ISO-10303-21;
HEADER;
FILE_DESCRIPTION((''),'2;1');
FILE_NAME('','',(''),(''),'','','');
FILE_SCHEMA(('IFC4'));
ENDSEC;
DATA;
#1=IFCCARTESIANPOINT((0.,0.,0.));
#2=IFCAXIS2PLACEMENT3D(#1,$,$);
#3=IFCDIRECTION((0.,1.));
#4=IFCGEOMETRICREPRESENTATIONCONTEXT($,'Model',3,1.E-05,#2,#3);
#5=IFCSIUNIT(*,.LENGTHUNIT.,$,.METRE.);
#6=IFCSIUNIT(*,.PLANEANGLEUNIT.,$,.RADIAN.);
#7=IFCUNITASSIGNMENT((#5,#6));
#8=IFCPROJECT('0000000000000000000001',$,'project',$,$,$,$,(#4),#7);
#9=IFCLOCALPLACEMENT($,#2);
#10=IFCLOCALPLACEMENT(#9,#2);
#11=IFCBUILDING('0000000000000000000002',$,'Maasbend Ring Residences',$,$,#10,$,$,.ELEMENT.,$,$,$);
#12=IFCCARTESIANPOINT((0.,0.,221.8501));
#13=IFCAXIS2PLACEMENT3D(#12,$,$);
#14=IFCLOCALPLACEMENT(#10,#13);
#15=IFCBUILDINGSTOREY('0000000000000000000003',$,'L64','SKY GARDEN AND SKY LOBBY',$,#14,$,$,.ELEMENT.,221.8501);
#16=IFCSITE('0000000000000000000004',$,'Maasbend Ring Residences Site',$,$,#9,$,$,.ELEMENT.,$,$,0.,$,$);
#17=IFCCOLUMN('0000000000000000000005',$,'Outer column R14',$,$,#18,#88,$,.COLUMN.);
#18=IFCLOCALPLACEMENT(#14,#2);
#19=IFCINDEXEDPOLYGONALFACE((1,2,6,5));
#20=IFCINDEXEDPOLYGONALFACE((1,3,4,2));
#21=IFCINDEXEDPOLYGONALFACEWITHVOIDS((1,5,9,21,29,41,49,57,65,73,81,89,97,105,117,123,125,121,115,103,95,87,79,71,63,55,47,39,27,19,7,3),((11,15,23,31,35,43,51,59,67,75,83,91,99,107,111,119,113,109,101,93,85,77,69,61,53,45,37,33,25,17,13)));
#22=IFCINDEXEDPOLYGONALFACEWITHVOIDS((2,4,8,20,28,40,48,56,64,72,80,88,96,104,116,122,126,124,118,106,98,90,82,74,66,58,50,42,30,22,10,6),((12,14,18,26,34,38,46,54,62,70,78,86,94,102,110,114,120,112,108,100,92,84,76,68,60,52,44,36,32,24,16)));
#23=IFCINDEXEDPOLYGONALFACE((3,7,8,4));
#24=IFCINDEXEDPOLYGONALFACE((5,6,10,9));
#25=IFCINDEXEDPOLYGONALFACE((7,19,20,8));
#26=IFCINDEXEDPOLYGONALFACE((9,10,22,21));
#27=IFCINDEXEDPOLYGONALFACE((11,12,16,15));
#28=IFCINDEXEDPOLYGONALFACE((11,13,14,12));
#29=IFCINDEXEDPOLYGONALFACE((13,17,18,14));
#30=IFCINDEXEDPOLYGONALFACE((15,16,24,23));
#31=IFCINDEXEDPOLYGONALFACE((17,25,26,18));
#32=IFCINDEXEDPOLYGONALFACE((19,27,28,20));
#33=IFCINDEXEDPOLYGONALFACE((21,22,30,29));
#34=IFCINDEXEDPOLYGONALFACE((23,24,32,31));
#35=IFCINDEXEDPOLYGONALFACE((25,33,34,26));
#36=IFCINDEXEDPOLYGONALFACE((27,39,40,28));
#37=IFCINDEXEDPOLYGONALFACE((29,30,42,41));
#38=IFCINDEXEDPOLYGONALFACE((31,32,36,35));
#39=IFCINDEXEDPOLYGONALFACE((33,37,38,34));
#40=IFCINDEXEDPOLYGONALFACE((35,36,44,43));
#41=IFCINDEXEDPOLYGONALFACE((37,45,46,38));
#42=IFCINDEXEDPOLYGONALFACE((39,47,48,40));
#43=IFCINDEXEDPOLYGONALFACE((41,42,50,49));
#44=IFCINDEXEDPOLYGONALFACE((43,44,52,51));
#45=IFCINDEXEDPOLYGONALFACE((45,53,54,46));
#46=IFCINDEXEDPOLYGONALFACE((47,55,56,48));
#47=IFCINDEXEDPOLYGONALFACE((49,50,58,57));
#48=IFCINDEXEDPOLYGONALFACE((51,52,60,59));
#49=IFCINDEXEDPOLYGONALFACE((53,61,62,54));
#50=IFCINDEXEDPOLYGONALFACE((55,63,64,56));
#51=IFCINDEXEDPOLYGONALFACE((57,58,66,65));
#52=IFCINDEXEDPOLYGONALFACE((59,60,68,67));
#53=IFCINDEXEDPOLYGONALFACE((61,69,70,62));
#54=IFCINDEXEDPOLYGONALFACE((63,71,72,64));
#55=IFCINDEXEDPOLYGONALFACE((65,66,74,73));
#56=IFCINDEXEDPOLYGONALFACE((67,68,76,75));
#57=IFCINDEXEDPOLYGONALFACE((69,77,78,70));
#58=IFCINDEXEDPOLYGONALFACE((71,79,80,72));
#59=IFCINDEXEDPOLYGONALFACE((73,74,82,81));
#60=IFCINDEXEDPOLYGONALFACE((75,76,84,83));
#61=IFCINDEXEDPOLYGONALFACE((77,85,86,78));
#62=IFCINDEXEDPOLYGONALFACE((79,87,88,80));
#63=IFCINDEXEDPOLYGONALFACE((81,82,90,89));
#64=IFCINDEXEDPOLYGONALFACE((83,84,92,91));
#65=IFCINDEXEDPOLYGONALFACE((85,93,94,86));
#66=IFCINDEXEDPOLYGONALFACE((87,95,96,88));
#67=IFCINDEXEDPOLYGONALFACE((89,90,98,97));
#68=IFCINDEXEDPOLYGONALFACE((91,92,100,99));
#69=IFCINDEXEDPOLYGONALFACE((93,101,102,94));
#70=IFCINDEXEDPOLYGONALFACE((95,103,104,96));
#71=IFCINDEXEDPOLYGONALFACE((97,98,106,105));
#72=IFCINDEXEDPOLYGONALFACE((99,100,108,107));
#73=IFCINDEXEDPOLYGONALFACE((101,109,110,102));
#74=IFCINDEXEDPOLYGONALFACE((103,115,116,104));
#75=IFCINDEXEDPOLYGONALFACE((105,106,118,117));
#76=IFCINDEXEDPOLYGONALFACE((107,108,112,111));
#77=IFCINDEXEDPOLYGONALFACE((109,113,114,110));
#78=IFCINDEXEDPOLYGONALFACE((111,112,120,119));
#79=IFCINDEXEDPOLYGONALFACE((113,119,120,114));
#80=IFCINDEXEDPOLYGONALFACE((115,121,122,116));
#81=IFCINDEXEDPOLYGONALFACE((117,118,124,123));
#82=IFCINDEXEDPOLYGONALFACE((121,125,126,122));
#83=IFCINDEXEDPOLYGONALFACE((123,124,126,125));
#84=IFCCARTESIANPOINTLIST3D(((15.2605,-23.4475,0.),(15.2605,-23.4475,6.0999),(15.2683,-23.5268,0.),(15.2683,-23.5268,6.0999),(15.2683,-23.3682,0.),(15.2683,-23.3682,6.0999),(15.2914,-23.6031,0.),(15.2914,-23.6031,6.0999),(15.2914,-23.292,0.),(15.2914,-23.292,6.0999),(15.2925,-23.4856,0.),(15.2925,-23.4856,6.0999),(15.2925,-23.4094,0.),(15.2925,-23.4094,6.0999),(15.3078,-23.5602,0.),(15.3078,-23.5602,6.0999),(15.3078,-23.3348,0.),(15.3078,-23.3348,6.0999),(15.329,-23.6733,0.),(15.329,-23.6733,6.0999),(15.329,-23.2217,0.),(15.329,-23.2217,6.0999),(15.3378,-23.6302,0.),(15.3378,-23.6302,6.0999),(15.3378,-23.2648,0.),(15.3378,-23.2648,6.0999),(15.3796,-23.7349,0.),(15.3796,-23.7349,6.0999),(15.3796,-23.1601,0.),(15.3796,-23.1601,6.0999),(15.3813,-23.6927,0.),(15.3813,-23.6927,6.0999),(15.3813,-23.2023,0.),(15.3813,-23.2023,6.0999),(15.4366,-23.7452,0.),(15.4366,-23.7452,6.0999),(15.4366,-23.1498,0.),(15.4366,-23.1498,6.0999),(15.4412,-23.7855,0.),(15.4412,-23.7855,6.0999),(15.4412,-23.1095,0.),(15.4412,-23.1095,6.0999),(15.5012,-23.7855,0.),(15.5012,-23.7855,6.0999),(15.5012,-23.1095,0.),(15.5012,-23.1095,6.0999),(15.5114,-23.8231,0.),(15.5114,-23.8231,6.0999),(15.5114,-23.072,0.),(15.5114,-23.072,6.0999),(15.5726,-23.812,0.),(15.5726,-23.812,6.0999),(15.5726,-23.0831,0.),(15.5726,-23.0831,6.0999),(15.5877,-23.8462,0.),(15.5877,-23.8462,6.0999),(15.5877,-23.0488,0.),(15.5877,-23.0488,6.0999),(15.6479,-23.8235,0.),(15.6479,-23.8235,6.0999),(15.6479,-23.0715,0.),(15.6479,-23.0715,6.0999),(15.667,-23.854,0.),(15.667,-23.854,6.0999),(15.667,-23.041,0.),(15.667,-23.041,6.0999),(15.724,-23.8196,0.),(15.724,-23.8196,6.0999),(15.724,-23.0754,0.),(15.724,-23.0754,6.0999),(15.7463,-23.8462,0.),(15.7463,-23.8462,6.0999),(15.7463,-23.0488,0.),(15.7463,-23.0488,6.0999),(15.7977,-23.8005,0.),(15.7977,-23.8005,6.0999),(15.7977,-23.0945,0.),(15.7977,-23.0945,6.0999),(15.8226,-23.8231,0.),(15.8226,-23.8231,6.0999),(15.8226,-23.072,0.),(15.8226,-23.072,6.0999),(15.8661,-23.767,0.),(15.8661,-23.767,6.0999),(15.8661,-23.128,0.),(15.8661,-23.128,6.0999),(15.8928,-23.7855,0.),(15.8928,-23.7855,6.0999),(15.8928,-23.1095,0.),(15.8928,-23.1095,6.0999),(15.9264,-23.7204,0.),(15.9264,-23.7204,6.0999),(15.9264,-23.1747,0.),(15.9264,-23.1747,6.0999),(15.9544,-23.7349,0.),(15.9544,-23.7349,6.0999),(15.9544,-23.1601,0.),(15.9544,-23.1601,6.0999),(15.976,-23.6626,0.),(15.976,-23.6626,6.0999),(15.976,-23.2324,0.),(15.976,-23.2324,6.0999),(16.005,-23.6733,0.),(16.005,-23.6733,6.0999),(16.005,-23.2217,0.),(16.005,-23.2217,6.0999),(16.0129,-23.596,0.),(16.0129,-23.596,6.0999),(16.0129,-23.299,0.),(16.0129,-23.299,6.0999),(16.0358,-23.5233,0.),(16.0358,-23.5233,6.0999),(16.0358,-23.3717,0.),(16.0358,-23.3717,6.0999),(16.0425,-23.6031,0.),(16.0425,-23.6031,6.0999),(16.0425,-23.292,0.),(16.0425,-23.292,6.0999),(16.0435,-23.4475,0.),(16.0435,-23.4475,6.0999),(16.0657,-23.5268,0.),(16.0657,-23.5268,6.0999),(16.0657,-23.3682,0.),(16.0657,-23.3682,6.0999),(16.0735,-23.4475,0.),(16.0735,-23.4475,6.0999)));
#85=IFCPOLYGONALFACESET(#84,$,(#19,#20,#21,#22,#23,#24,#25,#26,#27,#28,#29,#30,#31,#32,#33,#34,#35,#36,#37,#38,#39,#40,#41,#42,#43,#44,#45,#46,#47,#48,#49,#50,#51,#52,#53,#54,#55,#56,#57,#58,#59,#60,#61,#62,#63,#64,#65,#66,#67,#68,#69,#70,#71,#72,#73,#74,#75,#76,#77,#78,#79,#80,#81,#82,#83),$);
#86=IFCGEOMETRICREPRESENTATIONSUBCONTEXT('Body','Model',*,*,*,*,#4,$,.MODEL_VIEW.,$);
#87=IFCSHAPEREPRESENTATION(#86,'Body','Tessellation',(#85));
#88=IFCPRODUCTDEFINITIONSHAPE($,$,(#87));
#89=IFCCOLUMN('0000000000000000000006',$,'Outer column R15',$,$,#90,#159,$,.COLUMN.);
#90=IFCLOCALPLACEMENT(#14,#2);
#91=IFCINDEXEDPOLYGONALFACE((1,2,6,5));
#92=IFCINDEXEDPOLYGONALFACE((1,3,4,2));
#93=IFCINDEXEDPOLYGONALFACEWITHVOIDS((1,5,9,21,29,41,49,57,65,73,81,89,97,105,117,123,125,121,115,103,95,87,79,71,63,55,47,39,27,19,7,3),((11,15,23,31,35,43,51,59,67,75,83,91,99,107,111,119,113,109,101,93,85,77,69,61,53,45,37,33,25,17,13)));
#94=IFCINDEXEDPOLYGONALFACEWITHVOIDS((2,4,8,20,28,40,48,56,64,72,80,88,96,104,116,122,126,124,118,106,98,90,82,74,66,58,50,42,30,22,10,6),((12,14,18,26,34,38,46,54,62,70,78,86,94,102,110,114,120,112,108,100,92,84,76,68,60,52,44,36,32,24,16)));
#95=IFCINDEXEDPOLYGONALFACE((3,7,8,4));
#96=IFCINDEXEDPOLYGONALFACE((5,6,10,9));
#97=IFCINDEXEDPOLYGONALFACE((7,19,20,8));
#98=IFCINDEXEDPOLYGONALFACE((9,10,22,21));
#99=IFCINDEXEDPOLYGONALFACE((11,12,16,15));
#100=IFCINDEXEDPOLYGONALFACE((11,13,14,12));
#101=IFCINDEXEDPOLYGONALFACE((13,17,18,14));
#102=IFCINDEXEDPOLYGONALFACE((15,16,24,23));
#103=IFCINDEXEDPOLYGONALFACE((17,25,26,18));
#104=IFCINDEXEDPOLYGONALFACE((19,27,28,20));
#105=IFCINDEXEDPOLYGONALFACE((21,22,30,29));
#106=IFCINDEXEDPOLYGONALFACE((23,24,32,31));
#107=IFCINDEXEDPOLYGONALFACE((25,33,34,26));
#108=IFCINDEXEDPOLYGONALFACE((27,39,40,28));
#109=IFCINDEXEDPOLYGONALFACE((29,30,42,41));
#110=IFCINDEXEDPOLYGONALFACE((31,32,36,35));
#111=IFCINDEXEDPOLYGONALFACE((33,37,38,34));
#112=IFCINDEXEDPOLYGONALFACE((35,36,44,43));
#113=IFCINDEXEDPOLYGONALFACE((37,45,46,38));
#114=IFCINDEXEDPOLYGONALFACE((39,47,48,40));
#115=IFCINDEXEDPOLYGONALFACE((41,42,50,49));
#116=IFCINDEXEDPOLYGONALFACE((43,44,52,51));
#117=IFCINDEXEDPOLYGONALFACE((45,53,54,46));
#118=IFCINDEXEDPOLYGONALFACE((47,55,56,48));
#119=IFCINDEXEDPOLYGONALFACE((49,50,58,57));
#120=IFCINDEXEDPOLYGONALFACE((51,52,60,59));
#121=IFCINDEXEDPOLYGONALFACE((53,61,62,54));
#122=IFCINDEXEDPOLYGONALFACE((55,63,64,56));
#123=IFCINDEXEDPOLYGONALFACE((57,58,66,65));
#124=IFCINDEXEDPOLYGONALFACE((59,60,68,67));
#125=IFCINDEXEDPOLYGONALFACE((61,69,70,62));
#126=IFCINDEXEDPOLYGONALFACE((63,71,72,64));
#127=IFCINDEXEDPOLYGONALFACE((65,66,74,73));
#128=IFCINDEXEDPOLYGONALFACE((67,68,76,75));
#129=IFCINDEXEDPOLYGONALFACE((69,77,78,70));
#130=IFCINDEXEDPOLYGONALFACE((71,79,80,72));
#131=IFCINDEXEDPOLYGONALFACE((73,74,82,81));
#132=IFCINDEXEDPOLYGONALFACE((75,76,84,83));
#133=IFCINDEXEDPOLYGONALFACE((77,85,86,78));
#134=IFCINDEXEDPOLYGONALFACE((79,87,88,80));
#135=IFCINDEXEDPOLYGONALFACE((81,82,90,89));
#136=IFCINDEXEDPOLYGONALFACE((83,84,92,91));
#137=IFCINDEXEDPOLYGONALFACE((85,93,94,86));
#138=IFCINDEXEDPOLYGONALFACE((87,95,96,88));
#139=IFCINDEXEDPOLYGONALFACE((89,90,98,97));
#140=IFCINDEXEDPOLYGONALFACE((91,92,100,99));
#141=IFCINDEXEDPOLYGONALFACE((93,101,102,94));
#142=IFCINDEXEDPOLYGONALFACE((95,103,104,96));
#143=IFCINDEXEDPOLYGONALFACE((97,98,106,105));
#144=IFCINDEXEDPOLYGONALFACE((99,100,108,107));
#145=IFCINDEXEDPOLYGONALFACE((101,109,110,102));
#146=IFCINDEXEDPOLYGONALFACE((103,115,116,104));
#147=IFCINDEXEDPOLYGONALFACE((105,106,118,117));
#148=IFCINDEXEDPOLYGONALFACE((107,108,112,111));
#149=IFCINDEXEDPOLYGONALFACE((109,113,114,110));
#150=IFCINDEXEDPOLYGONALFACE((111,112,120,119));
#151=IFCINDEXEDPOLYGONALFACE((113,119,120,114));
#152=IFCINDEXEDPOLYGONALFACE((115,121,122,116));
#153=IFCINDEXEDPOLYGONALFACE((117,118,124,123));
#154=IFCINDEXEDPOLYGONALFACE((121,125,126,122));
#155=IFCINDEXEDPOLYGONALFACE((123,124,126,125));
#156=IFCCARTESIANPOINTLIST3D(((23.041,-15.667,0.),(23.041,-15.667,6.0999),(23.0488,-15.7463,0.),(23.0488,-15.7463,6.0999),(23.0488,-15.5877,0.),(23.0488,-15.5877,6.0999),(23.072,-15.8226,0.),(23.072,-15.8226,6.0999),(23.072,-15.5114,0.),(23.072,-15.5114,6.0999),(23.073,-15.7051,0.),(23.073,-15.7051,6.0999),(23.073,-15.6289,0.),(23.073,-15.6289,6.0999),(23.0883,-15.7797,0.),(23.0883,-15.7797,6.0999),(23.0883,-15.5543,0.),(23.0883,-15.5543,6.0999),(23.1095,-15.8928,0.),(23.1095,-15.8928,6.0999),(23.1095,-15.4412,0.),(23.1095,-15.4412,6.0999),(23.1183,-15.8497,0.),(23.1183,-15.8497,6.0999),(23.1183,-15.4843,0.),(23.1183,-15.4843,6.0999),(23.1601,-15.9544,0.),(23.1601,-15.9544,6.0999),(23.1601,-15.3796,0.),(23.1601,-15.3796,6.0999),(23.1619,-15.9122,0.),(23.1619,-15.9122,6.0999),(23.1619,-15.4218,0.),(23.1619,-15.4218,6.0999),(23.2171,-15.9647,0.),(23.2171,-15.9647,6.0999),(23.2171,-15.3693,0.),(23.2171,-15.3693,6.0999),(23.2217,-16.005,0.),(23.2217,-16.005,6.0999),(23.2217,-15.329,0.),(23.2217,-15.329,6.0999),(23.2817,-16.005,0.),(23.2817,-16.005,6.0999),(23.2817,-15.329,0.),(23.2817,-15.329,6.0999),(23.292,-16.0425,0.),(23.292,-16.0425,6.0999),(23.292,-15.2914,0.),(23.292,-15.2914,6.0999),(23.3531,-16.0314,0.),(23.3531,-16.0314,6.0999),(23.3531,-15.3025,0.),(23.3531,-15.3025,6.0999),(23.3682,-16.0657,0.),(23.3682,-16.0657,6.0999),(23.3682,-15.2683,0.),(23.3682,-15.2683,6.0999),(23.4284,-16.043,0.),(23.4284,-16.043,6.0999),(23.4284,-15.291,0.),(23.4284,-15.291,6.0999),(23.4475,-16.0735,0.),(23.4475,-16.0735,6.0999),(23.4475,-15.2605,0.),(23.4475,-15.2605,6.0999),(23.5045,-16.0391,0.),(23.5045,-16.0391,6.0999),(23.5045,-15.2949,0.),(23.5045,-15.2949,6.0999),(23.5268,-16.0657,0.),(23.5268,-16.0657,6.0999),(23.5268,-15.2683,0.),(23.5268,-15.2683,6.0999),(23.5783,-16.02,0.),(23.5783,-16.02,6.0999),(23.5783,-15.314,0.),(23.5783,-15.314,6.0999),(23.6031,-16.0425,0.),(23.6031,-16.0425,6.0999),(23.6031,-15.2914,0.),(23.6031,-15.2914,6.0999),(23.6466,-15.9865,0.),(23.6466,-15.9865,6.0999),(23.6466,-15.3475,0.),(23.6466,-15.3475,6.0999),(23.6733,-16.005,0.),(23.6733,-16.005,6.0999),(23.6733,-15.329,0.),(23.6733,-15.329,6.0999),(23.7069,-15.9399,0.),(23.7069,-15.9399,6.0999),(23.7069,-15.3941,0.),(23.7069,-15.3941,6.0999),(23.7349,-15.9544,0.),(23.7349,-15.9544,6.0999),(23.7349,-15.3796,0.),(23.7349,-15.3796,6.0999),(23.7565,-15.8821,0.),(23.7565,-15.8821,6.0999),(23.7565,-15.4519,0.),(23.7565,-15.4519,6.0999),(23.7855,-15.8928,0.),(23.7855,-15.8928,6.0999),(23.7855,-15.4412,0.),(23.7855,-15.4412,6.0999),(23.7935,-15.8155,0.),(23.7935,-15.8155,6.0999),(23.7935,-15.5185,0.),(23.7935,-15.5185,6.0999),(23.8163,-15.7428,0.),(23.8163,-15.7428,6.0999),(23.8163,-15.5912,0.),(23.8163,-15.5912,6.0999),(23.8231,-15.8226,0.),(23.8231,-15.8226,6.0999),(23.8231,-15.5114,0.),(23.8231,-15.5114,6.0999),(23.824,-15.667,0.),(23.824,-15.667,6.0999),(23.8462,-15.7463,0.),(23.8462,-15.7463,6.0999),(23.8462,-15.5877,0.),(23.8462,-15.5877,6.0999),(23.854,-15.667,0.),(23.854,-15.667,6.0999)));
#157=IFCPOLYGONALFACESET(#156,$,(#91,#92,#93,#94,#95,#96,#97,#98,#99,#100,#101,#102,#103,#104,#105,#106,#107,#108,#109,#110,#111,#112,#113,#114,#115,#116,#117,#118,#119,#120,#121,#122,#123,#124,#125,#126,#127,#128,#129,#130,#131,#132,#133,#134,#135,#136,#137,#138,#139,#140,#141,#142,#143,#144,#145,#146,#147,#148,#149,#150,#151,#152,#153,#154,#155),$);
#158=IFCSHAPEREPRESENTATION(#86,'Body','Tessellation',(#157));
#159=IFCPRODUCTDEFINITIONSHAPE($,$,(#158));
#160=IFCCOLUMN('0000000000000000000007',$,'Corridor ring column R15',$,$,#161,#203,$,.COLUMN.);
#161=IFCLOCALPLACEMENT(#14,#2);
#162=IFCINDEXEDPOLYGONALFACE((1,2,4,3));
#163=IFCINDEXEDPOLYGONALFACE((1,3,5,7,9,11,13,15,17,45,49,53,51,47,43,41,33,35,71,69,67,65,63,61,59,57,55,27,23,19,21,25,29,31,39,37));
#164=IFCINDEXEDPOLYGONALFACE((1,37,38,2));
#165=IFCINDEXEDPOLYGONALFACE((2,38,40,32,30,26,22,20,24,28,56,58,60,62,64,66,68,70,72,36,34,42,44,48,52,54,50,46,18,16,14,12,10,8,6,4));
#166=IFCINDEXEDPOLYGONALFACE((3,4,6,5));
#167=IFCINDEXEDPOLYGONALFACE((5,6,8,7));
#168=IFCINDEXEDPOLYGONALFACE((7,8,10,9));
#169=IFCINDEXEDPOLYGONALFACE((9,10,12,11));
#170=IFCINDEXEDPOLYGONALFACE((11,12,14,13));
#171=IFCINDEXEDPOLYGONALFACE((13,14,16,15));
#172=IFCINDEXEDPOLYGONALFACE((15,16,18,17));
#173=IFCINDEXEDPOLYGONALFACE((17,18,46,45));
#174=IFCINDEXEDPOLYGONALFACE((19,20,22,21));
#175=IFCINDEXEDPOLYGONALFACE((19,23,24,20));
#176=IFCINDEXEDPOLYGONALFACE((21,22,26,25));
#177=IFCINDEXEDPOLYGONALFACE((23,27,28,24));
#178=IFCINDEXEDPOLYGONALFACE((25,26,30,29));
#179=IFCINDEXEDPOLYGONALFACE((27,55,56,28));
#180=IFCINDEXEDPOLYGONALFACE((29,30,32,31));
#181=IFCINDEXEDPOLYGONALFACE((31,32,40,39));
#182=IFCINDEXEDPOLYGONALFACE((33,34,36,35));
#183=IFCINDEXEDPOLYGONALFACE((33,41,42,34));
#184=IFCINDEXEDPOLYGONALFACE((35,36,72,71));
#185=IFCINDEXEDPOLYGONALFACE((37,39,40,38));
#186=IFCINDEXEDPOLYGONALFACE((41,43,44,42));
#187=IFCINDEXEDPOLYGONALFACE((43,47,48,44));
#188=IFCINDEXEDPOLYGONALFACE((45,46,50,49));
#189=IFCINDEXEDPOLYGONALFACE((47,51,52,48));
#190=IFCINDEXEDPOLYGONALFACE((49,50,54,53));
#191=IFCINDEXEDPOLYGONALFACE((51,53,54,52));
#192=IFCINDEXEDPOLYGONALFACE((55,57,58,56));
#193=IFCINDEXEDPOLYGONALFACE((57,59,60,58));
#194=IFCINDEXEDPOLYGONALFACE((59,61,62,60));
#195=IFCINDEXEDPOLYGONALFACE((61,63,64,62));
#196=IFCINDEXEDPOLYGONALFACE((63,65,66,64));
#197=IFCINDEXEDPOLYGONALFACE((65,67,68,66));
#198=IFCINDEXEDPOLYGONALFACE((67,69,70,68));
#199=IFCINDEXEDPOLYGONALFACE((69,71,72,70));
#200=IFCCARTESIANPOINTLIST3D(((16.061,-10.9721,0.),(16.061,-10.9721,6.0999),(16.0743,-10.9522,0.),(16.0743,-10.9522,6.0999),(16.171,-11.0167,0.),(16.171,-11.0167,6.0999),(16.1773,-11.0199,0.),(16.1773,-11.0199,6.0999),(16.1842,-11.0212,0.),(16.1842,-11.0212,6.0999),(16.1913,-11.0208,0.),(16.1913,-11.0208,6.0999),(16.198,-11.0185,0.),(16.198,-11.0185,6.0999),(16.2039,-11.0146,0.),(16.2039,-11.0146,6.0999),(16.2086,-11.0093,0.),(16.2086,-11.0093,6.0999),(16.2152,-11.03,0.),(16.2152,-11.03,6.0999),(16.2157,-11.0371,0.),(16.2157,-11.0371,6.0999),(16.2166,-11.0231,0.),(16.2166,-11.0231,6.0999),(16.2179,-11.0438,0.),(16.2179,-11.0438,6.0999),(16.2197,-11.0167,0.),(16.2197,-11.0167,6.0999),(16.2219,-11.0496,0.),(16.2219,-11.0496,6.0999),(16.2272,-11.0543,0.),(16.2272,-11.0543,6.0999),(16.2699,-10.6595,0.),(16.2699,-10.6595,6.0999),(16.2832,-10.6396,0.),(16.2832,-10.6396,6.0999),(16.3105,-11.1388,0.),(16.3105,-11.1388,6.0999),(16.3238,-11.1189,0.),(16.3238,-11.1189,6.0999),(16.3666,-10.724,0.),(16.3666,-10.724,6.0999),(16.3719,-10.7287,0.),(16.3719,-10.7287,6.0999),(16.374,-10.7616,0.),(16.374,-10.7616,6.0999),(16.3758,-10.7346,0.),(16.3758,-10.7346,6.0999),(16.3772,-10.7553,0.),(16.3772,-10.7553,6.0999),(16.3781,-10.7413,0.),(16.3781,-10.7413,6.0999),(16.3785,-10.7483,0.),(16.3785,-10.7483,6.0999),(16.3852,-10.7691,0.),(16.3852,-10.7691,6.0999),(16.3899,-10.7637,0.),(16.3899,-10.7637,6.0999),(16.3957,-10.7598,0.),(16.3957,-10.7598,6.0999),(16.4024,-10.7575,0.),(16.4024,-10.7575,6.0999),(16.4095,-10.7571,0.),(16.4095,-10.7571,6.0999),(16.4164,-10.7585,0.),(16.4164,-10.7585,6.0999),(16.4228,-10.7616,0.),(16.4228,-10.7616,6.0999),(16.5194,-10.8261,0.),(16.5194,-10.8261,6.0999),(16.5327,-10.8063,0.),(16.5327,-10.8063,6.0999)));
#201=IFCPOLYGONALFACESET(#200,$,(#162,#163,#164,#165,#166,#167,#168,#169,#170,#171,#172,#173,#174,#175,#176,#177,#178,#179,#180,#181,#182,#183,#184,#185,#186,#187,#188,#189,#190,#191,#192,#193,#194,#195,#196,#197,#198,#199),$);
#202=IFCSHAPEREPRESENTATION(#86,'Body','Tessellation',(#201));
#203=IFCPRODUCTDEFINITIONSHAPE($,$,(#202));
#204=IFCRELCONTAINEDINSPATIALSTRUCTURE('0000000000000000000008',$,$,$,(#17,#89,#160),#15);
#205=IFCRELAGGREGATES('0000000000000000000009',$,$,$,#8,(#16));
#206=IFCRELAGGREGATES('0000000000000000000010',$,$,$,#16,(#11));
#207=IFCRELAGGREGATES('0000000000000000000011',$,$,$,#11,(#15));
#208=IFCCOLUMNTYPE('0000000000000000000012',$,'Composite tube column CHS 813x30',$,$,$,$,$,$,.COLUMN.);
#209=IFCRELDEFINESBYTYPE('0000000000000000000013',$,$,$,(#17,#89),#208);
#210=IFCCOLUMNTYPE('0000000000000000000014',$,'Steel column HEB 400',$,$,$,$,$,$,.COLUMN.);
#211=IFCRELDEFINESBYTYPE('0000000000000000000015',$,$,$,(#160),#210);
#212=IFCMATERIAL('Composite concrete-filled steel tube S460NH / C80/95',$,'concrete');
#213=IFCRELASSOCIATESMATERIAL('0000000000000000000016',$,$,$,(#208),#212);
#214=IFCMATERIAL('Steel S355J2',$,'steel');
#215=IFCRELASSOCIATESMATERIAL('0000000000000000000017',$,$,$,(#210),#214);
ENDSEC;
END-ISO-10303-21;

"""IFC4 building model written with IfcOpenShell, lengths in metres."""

from ifc_helpers import new_model, si_unit, direction, frame, origin, origin_2d, place, context, subcontext, project, spatial, hollow_circle, i_section, extrude, material, material_profile, profile_set, type_object, element, save


model = new_model("IFC4")

# Units and contexts
model_context = context("Model", 3, precision=1e-05, world=origin(), true_north=direction((0.0, 1.0)))
body_context = subcontext(model_context, "Body", "Model", "MODEL_VIEW")
ifc_project = project(units=[si_unit("LENGTHUNIT", "METRE"), si_unit("PLANEANGLEUNIT", "RADIAN")], contexts=[model_context])

# Site, building, storey
site_placement = place(None, origin())
site = spatial("IfcSite", under=ifc_project, at=site_placement, Name="Maasbend Ring Residences Site", CompositionType="ELEMENT", RefElevation=0.0)
building_placement = place(site_placement, origin())
building = spatial("IfcBuilding", under=site, at=building_placement, Name="Maasbend Ring Residences", CompositionType="ELEMENT")
storey_placement = place(building_placement, frame((0.0, 0.0, 221.8501)))
storey = spatial("IfcBuildingStorey", under=building, at=storey_placement, Name="L64", Description="SKY GARDEN AND SKY LOBBY", CompositionType="ELEMENT", Elevation=221.8501)

# Columns
ifc_material_1 = material(Name="Composite concrete-filled steel tube S460NH / C80/95", Category="concrete")
ifc_material_profile_1 = material_profile(ifc_material_1, hollow_circle(Radius=0.4065, WallThickness=0.03, at=origin_2d()), Name="Composite tube column CHS 813x30")
ifc_profile_set_1 = profile_set([ifc_material_profile_1], Name="Composite concrete-filled steel tube S460NH / C80/95")
column_type_1 = type_object("IfcColumnType", Name="Composite tube column CHS 813x30", PredefinedType="COLUMN", material=ifc_profile_set_1)
for number, where, z_axis, x_axis, name in (
    (1, (15.667, -23.4475, 0.0), (0.0, 0.0, 1.0), (1.0, 0.0, 0.0), "Outer column R14"),
    (2, (23.4475, -15.667, 0.0), (0.0, 0.0, 1.0), (1.0, 0.0, 0.0), "Outer column R15"),
):
    element("IfcColumn", number, at=place(storey_placement, frame(where, z_axis=z_axis, x_axis=x_axis)), inside=storey, type_object=column_type_1, Name=name, PredefinedType="COLUMN", context=body_context, shape_type="SweptSolid", body=[
        extrude(hollow_circle(Radius=0.4065, WallThickness=0.03, at=origin_2d()), origin(), (0.0, 0.0, 1.0), 6.0999),
    ])
ifc_material_2 = material(Name="Steel S355J2", Category="steel")
ifc_material_profile_2 = material_profile(ifc_material_2, i_section(OverallWidth=0.3, OverallDepth=0.3999, WebThickness=0.0134, FlangeThickness=0.0239, FilletRadius=0.0271, at=origin_2d()), Name="HEB 400")
ifc_profile_set_2 = profile_set([ifc_material_profile_2], Name="Steel S355J2")
column_type_2 = type_object("IfcColumnType", Name="Steel column HEB 400", PredefinedType="COLUMN", material=ifc_profile_set_2)
column_placement = place(storey_placement, frame((16.2969, -10.8892, 0.0), z_axis=(0.0, 0.0, 1.0), x_axis=(0.83147, -0.55557, 0.0)))
element("IfcColumn", 3, at=column_placement, inside=storey, type_object=column_type_2, Name="Corridor ring column R15", PredefinedType="COLUMN", context=body_context, shape_type="SweptSolid", body=[
    extrude(i_section(OverallWidth=0.3, OverallDepth=0.3999, WebThickness=0.0134, FlangeThickness=0.0239, FilletRadius=0.0271, at=origin_2d()), origin(), (0.0, 0.0, 1.0), 6.0999),
])

save(model, "model.ifc")
